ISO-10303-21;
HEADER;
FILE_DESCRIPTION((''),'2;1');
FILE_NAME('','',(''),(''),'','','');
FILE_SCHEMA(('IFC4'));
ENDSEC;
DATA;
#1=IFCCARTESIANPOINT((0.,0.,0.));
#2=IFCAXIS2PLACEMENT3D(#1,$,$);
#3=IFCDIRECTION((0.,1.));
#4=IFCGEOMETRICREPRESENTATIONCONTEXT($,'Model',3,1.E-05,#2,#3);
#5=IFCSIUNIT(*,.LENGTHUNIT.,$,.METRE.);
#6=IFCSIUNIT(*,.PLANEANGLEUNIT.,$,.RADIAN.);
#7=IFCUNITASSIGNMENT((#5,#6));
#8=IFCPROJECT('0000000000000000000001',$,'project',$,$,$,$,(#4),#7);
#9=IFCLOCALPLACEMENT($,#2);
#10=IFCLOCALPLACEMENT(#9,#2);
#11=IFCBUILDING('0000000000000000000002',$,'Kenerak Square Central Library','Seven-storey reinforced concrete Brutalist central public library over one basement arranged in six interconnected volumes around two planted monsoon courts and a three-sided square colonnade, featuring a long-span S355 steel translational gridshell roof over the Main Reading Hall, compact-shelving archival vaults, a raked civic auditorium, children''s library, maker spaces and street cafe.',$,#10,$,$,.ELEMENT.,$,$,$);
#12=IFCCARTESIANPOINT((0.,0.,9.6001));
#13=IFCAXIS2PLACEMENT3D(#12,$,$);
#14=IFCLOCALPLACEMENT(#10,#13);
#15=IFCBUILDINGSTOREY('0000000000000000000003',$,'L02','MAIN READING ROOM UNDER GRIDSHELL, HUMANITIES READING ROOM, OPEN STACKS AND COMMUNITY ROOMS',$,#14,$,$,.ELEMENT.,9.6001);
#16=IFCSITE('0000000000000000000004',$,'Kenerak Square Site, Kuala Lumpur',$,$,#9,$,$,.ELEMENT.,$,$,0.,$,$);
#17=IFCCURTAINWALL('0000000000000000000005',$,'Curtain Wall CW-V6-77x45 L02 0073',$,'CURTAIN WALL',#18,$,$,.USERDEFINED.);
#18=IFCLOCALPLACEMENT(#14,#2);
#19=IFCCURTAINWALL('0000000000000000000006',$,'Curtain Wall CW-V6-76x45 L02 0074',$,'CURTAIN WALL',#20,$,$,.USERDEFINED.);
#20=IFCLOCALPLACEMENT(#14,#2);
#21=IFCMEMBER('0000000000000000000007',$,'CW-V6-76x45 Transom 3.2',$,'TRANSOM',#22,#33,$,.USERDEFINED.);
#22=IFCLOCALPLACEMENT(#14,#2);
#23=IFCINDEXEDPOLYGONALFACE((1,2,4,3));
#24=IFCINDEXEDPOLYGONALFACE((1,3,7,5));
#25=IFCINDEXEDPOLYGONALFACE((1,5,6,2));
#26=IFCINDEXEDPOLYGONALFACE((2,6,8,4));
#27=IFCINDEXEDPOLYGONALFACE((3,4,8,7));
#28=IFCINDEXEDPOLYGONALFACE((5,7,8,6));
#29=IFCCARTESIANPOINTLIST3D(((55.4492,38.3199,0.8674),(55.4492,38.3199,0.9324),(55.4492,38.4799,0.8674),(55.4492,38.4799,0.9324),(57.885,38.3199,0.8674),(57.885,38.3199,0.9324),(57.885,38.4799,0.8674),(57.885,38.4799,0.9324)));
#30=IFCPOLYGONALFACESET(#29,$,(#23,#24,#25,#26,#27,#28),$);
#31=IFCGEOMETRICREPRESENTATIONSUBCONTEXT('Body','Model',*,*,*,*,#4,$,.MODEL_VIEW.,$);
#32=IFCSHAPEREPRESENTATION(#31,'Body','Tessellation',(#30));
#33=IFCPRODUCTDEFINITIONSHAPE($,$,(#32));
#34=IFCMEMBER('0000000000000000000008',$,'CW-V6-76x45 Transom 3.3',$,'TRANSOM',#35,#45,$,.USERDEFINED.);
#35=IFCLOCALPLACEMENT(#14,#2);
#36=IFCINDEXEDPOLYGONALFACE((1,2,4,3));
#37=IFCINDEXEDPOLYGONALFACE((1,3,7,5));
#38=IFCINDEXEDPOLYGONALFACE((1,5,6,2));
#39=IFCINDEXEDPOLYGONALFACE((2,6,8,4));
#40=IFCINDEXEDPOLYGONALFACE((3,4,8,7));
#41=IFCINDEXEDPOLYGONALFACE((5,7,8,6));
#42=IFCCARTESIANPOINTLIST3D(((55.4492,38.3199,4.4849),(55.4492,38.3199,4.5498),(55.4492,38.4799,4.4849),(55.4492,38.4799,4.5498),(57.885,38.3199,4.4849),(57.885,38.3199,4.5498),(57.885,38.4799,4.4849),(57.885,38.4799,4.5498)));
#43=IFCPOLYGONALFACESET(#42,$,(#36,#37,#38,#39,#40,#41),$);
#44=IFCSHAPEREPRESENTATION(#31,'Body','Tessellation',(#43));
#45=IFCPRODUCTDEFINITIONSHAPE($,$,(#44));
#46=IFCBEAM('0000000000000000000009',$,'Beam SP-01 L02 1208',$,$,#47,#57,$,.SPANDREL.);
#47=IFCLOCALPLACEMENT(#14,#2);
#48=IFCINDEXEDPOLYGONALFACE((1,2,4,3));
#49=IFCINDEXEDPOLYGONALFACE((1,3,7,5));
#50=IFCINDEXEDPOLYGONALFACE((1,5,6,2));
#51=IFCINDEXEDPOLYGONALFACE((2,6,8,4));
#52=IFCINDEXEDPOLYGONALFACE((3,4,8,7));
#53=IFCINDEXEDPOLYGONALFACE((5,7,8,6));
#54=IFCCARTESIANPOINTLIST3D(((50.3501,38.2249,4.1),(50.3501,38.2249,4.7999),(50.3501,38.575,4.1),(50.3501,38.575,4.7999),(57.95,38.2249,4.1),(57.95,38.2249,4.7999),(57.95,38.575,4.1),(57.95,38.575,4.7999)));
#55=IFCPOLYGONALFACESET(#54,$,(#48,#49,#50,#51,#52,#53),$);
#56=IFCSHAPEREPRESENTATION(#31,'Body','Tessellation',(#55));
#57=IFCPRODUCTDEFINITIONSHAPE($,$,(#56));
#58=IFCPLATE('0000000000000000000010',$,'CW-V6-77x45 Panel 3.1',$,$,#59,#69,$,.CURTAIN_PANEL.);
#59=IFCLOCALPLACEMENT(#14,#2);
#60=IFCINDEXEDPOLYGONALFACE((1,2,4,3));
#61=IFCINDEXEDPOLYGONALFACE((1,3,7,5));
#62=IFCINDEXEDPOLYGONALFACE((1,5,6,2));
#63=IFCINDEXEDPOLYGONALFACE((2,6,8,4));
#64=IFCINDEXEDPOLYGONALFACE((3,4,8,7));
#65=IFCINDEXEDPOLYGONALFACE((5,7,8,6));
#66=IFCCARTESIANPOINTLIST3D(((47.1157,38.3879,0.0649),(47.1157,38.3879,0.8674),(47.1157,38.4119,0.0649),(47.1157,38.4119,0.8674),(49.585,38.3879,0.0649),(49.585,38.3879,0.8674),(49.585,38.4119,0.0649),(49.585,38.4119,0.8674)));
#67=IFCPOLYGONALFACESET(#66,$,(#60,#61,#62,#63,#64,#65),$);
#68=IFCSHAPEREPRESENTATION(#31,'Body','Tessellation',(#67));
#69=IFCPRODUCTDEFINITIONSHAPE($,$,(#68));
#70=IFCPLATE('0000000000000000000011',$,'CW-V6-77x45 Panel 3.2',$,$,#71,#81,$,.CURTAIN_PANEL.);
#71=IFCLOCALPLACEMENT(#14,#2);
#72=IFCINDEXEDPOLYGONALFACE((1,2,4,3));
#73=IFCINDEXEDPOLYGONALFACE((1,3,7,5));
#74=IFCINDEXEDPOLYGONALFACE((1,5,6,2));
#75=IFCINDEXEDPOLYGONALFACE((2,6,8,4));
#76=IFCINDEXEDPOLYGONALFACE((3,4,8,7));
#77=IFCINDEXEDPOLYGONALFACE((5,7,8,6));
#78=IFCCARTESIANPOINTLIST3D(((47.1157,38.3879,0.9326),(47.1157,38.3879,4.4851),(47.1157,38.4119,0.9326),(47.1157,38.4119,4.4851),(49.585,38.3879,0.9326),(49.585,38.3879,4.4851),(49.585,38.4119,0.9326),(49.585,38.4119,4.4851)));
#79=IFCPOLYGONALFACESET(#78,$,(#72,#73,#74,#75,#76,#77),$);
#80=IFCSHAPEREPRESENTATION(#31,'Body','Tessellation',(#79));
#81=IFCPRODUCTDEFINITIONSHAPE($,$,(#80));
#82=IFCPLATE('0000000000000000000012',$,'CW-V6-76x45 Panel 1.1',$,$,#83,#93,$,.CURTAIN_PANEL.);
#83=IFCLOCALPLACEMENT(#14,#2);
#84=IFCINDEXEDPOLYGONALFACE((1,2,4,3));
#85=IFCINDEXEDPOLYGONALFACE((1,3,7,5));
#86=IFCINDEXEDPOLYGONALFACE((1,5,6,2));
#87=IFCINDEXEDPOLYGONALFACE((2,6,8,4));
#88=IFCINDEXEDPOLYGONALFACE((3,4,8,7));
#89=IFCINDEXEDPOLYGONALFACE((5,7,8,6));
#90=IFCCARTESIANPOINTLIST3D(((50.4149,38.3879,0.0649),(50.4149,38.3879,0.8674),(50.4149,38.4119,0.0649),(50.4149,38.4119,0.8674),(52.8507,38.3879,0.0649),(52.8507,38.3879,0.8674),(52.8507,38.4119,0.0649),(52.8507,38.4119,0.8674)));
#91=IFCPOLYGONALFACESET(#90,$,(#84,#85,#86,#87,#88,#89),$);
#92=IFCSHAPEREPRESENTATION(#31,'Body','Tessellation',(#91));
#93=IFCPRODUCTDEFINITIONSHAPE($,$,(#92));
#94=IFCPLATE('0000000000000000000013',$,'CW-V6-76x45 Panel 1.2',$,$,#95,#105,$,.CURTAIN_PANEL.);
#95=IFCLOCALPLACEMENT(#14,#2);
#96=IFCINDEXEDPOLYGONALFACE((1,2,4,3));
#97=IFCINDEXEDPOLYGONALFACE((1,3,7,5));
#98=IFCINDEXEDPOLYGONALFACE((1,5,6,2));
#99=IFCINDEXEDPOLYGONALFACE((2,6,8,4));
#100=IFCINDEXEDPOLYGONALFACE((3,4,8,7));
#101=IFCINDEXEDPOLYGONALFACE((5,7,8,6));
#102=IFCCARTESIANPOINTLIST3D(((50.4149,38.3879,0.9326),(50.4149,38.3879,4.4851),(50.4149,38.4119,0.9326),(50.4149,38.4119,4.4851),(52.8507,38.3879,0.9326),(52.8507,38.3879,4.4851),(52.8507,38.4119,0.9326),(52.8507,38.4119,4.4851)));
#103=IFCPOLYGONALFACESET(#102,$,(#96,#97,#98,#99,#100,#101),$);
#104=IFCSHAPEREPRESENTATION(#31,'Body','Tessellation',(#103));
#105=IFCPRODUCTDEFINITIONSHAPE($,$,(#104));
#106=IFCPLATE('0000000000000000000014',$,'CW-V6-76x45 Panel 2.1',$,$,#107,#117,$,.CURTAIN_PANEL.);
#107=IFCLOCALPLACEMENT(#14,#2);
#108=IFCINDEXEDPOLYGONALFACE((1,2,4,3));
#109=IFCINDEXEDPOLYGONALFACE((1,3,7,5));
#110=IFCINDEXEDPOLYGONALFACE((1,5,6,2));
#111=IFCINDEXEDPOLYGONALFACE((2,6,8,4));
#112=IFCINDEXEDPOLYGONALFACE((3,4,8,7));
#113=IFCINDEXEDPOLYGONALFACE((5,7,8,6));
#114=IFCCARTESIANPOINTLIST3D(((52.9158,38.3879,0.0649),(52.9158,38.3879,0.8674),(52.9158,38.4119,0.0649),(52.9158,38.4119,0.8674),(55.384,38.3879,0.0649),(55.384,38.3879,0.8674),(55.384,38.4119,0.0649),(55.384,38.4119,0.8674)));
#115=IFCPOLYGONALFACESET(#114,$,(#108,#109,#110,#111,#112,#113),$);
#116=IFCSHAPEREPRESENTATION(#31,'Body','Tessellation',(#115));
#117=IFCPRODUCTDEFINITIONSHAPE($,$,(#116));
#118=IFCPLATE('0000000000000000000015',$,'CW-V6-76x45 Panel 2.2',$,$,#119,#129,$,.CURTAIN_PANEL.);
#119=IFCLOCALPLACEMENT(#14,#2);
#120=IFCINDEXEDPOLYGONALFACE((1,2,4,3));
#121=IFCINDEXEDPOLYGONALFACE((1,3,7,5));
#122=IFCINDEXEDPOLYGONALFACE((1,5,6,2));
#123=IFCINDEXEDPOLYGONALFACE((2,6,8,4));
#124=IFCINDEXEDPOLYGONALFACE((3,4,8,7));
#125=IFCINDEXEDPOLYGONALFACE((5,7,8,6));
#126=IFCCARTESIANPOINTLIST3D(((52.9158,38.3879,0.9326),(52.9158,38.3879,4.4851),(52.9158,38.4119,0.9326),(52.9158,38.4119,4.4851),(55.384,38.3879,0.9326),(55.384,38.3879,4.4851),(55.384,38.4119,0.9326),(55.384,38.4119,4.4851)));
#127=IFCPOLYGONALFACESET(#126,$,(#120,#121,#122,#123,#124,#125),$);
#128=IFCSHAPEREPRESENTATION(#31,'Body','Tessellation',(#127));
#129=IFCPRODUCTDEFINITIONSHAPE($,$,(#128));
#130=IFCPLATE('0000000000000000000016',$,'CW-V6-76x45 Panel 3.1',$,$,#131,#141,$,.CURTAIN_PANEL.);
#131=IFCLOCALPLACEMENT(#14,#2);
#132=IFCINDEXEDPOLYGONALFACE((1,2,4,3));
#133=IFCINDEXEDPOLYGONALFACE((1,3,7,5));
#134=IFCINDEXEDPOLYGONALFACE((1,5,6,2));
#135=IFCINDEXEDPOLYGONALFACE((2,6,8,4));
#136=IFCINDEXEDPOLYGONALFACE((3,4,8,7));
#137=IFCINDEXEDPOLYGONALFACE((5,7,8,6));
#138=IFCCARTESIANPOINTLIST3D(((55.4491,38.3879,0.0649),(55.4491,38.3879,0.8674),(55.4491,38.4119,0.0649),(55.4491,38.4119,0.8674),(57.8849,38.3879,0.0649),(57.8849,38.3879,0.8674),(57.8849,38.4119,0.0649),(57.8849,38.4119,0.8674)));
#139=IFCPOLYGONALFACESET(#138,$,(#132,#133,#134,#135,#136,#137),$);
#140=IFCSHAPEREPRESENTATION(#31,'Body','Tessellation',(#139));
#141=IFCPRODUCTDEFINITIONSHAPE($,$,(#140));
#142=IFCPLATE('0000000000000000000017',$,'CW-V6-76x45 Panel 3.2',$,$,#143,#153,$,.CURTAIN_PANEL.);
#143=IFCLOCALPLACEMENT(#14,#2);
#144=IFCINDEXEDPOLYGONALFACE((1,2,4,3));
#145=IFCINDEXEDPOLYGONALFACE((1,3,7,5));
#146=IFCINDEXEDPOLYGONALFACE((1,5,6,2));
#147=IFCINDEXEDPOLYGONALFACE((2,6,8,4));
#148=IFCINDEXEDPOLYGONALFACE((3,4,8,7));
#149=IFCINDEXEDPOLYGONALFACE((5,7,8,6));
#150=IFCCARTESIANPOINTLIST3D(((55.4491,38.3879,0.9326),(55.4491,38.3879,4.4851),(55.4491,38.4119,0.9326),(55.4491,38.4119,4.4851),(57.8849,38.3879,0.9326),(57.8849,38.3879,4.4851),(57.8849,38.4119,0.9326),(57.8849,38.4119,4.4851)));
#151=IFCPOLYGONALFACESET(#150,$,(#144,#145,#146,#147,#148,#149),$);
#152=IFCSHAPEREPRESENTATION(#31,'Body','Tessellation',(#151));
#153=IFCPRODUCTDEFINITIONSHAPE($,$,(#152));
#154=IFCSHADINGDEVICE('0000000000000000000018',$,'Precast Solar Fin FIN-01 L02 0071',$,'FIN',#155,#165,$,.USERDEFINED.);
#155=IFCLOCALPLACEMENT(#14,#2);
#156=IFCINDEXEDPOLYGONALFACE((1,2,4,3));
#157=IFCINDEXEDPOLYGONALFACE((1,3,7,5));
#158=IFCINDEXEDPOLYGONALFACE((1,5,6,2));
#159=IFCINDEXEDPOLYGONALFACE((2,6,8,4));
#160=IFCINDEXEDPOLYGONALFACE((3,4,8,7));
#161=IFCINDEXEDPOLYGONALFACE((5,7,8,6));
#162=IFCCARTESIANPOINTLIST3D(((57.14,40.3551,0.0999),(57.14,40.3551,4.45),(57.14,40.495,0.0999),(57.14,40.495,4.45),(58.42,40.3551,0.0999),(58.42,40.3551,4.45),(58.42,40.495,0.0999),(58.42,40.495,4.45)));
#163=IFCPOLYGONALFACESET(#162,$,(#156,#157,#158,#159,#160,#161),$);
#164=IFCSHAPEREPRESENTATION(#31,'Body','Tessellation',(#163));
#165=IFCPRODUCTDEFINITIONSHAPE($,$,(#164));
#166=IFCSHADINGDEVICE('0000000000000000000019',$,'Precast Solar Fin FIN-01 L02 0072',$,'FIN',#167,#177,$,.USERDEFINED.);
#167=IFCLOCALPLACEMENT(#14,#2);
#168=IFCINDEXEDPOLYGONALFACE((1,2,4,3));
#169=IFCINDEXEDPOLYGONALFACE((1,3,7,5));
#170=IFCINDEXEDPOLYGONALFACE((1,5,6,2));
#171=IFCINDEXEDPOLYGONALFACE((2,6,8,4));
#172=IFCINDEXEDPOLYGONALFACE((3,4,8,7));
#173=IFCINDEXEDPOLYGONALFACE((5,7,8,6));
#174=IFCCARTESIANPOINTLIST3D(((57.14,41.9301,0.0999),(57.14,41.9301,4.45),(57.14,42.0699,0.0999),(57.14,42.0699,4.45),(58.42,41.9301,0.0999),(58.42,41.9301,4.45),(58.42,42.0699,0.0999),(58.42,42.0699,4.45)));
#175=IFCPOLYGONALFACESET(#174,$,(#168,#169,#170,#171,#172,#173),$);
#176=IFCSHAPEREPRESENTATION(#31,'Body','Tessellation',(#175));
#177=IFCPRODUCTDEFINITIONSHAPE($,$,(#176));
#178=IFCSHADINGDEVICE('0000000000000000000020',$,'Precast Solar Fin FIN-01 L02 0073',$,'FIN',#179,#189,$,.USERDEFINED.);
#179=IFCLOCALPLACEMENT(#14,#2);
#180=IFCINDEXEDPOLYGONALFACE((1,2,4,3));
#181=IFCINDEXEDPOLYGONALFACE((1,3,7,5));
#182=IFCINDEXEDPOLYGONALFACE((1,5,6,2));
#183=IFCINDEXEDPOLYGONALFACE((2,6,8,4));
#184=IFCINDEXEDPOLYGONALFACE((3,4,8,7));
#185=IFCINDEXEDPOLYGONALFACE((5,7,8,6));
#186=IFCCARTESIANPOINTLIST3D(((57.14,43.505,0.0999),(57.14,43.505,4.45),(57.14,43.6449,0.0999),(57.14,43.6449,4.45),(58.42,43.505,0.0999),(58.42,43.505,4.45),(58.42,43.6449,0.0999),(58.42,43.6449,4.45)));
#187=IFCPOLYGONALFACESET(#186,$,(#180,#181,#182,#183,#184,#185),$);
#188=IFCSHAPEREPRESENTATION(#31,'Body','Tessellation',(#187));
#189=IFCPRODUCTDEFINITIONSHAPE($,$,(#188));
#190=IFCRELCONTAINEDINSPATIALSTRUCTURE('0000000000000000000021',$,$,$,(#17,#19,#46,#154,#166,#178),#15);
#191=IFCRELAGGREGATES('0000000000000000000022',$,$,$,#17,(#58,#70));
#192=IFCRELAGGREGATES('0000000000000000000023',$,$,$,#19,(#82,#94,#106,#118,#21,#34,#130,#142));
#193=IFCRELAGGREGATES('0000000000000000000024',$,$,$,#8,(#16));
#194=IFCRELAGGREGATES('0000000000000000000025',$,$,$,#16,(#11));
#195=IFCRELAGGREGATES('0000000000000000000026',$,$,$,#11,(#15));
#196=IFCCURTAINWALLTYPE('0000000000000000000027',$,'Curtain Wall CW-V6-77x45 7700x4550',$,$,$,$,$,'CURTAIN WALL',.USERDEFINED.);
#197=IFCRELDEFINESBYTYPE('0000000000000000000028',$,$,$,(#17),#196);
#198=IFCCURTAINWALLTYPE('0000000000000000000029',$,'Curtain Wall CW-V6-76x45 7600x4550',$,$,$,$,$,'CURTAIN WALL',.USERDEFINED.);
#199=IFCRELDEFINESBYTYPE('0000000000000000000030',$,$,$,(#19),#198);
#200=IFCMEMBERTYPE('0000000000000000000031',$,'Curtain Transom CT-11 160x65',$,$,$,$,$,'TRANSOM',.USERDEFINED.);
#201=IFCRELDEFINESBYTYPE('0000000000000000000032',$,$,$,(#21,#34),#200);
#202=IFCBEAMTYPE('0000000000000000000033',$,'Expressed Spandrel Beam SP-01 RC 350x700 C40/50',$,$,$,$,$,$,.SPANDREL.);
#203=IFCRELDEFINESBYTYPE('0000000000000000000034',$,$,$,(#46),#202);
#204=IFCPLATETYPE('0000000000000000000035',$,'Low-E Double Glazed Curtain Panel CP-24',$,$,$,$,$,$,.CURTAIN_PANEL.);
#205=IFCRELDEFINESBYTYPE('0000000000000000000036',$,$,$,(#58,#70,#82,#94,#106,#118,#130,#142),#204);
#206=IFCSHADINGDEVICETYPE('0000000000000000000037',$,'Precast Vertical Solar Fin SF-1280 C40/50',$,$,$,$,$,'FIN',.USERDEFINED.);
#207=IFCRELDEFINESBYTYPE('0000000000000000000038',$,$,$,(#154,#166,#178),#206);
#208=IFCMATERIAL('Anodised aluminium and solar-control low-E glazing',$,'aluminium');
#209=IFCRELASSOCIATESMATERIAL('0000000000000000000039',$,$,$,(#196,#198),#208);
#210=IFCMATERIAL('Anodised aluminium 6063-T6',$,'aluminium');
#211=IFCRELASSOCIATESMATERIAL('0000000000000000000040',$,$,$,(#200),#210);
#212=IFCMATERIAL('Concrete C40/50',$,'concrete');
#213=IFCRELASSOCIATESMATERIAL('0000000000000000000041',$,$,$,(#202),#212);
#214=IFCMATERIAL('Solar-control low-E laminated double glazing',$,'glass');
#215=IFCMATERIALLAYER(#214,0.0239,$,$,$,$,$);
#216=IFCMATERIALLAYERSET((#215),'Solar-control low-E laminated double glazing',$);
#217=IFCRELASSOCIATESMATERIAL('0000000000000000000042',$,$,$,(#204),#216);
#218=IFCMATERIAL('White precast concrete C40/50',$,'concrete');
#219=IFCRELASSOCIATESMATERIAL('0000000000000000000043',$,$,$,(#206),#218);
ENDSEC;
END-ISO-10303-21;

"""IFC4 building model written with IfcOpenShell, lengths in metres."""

from ifc_helpers import new_model, si_unit, direction, frame, origin, origin_2d, place, context, subcontext, project, spatial, rectangle, extrude, material, layer, layer_set, material_profile, profile_set, type_object, element, aggregate, save


model = new_model("IFC4")

# Units and contexts
model_context = context("Model", 3, precision=1e-05, world=origin(), true_north=direction((0.0, 1.0)))
body_context = subcontext(model_context, "Body", "Model", "MODEL_VIEW")
ifc_project = project(units=[si_unit("LENGTHUNIT", "METRE"), si_unit("PLANEANGLEUNIT", "RADIAN")], contexts=[model_context])

# Site, building, storey
site_placement = place(None, origin())
site = spatial("IfcSite", under=ifc_project, at=site_placement, Name="Kenerak Square Site, Kuala Lumpur", CompositionType="ELEMENT", RefElevation=0.0)
building_placement = place(site_placement, origin())
building = spatial("IfcBuilding", under=site, at=building_placement, Name="Kenerak Square Central Library", Description="Seven-storey reinforced concrete Brutalist central public library over one basement arranged in six interconnected volumes around two planted monsoon courts and a three-sided square colonnade, featuring a long-span S355 steel translational gridshell roof over the Main Reading Hall, compact-shelving archival vaults, a raked civic auditorium, children's library, maker spaces and street cafe.", CompositionType="ELEMENT")
storey_placement = place(building_placement, frame((0.0, 0.0, 9.6001)))
storey = spatial("IfcBuildingStorey", under=building, at=storey_placement, Name="L02", Description="MAIN READING ROOM UNDER GRIDSHELL, HUMANITIES READING ROOM, OPEN STACKS AND COMMUNITY ROOMS", CompositionType="ELEMENT", Elevation=9.6001)

# Shared definitions
ifc_material_1 = material(Name="Concrete C40/50", Category="concrete")

# Curtain wall
ifc_material_2 = material(Name="Anodised aluminium and solar-control low-E glazing", Category="aluminium")
curtain_wall_type_1 = type_object("IfcCurtainWallType", Name="Curtain Wall CW-V6-77x45 7700x4550", ElementType="CURTAIN WALL", PredefinedType="USERDEFINED", material=ifc_material_2)
curtain_wall_1_placement = place(storey_placement, origin())
curtain_wall_1 = element("IfcCurtainWall", 1, at=curtain_wall_1_placement, inside=storey, type_object=curtain_wall_type_1, Name="Curtain Wall CW-V6-77x45 L02 0073", ObjectType="CURTAIN WALL", PredefinedType="USERDEFINED")
ifc_material_3 = material(Name="Anodised aluminium 6063-T6", Category="aluminium")

# Curtain wall
curtain_wall_type_2 = type_object("IfcCurtainWallType", Name="Curtain Wall CW-V6-76x45 7600x4550", ElementType="CURTAIN WALL", PredefinedType="USERDEFINED", material=ifc_material_2)
curtain_wall_2_placement = place(storey_placement, origin())
curtain_wall_2 = element("IfcCurtainWall", 2, at=curtain_wall_2_placement, inside=storey, type_object=curtain_wall_type_2, Name="Curtain Wall CW-V6-76x45 L02 0074", ObjectType="CURTAIN WALL", PredefinedType="USERDEFINED")

# Members
ifc_material_profile_1 = material_profile(ifc_material_3, rectangle(XDim=0.1599, YDim=0.0649, at=origin_2d()), Name="AL TRANSOM 160x65")
ifc_profile_set_1 = profile_set([ifc_material_profile_1], Name="Anodised aluminium 6063-T6")
member_type_1 = type_object("IfcMemberType", Name="Curtain Transom CT-11 160x65", ElementType="TRANSOM", PredefinedType="USERDEFINED", material=ifc_profile_set_1)
member_1_placement = place(storey_placement, frame((55.4492, 38.3999, 0.8999), z_axis=(1.0, 0.0, 0.0), x_axis=(0.0, 1.0, 0.0)))
member_1 = element("IfcMember", 3, at=member_1_placement, type_object=member_type_1, Name="CW-V6-76x45 Transom 3.2", ObjectType="TRANSOM", PredefinedType="USERDEFINED", context=body_context, shape_type="SweptSolid", body=[
    extrude(rectangle(XDim=0.1599, YDim=0.0649, at=origin_2d()), origin(), (0.0, 0.0, 1.0), 2.4358),
])
member_2_placement = place(storey_placement, frame((55.4492, 38.3999, 4.5173), z_axis=(1.0, 0.0, 0.0), x_axis=(0.0, 1.0, 0.0)))
member_2 = element("IfcMember", 4, at=member_2_placement, type_object=member_type_1, Name="CW-V6-76x45 Transom 3.3", ObjectType="TRANSOM", PredefinedType="USERDEFINED", context=body_context, shape_type="SweptSolid", body=[
    extrude(rectangle(XDim=0.1599, YDim=0.0649, at=origin_2d()), origin(), (0.0, 0.0, 1.0), 2.4358),
])

# Beam
ifc_material_profile_2 = material_profile(ifc_material_1, rectangle(XDim=0.3501, YDim=0.7, at=origin_2d()), Name="RC 350x700")
ifc_profile_set_2 = profile_set([ifc_material_profile_2], Name="Concrete C40/50")
beam_type = type_object("IfcBeamType", Name="Expressed Spandrel Beam SP-01 RC 350x700 C40/50", PredefinedType="SPANDREL", material=ifc_profile_set_2)
beam_placement = place(storey_placement, frame((50.3501, 38.3999, 4.45), z_axis=(1.0, 0.0, 0.0), x_axis=(0.0, 1.0, 0.0)))
element("IfcBeam", 5, at=beam_placement, inside=storey, type_object=beam_type, Name="Beam SP-01 L02 1208", PredefinedType="SPANDREL", context=body_context, shape_type="SweptSolid", body=[
    extrude(rectangle(XDim=0.3501, YDim=0.7, at=origin_2d()), origin(), (0.0, 0.0, 1.0), 7.5999),
])

# Plates
ifc_material_4 = material(Name="Solar-control low-E laminated double glazing", Category="glass")
ifc_layer = layer(ifc_material_4, 0.0239)
ifc_layer_set = layer_set([ifc_layer], Name="Solar-control low-E laminated double glazing")
plate_type = type_object("IfcPlateType", Name="Low-E Double Glazed Curtain Panel CP-24", PredefinedType="CURTAIN_PANEL", material=ifc_layer_set)
plate_1_placement = place(storey_placement, frame((48.3503, 38.3999, 0.0649), z_axis=(0.0, 0.0, 1.0), x_axis=(1.0, 0.0, 0.0)))
plate_1 = element("IfcPlate", 6, at=plate_1_placement, type_object=plate_type, Name="CW-V6-77x45 Panel 3.1", PredefinedType="CURTAIN_PANEL", context=body_context, shape_type="SweptSolid", body=[
    extrude(rectangle(XDim=2.4692, YDim=0.0239, at=origin_2d()), origin(), (0.0, 0.0, 1.0), 0.8025),
])
plate_2_placement = place(storey_placement, frame((48.3503, 38.3999, 0.9326), z_axis=(0.0, 0.0, 1.0), x_axis=(1.0, 0.0, 0.0)))
plate_2 = element("IfcPlate", 7, at=plate_2_placement, type_object=plate_type, Name="CW-V6-77x45 Panel 3.2", PredefinedType="CURTAIN_PANEL", context=body_context, shape_type="SweptSolid", body=[
    extrude(rectangle(XDim=2.4692, YDim=0.0239, at=origin_2d()), origin(), (0.0, 0.0, 1.0), 3.5525),
])
aggregate(curtain_wall_1, [plate_1, plate_2])
plate_3_placement = place(storey_placement, frame((51.6328, 38.3999, 0.0649), z_axis=(0.0, 0.0, 1.0), x_axis=(1.0, 0.0, 0.0)))
plate_3 = element("IfcPlate", 8, at=plate_3_placement, type_object=plate_type, Name="CW-V6-76x45 Panel 1.1", PredefinedType="CURTAIN_PANEL", context=body_context, shape_type="SweptSolid", body=[
    extrude(rectangle(XDim=2.4358, YDim=0.0239, at=origin_2d()), origin(), (0.0, 0.0, 1.0), 0.8025),
])
plate_4_placement = place(storey_placement, frame((51.6328, 38.3999, 0.9326), z_axis=(0.0, 0.0, 1.0), x_axis=(1.0, 0.0, 0.0)))
plate_4 = element("IfcPlate", 9, at=plate_4_placement, type_object=plate_type, Name="CW-V6-76x45 Panel 1.2", PredefinedType="CURTAIN_PANEL", context=body_context, shape_type="SweptSolid", body=[
    extrude(rectangle(XDim=2.4358, YDim=0.0239, at=origin_2d()), origin(), (0.0, 0.0, 1.0), 3.5525),
])
plate_5_placement = place(storey_placement, frame((54.1499, 38.3999, 0.0649), z_axis=(0.0, 0.0, 1.0), x_axis=(1.0, 0.0, 0.0)))
plate_5 = element("IfcPlate", 10, at=plate_5_placement, type_object=plate_type, Name="CW-V6-76x45 Panel 2.1", PredefinedType="CURTAIN_PANEL", context=body_context, shape_type="SweptSolid", body=[
    extrude(rectangle(XDim=2.4683, YDim=0.0239, at=origin_2d()), origin(), (0.0, 0.0, 1.0), 0.8025),
])
plate_6_placement = place(storey_placement, frame((54.1499, 38.3999, 0.9326), z_axis=(0.0, 0.0, 1.0), x_axis=(1.0, 0.0, 0.0)))
plate_6 = element("IfcPlate", 11, at=plate_6_placement, type_object=plate_type, Name="CW-V6-76x45 Panel 2.2", PredefinedType="CURTAIN_PANEL", context=body_context, shape_type="SweptSolid", body=[
    extrude(rectangle(XDim=2.4683, YDim=0.0239, at=origin_2d()), origin(), (0.0, 0.0, 1.0), 3.5525),
])
plate_7_placement = place(storey_placement, frame((56.667, 38.3999, 0.0649), z_axis=(0.0, 0.0, 1.0), x_axis=(1.0, 0.0, 0.0)))
plate_7 = element("IfcPlate", 12, at=plate_7_placement, type_object=plate_type, Name="CW-V6-76x45 Panel 3.1", PredefinedType="CURTAIN_PANEL", context=body_context, shape_type="SweptSolid", body=[
    extrude(rectangle(XDim=2.4358, YDim=0.0239, at=origin_2d()), origin(), (0.0, 0.0, 1.0), 0.8025),
])
plate_8_placement = place(storey_placement, frame((56.667, 38.3999, 0.9326), z_axis=(0.0, 0.0, 1.0), x_axis=(1.0, 0.0, 0.0)))
plate_8 = element("IfcPlate", 13, at=plate_8_placement, type_object=plate_type, Name="CW-V6-76x45 Panel 3.2", PredefinedType="CURTAIN_PANEL", context=body_context, shape_type="SweptSolid", body=[
    extrude(rectangle(XDim=2.4358, YDim=0.0239, at=origin_2d()), origin(), (0.0, 0.0, 1.0), 3.5525),
])
aggregate(curtain_wall_2, [plate_3, plate_4, plate_5, plate_6, member_1, member_2, plate_7, plate_8])

# Shading devices
ifc_material_5 = material(Name="White precast concrete C40/50", Category="concrete")
shading_device_type = type_object("IfcShadingDeviceType", Name="Precast Vertical Solar Fin SF-1280 C40/50", ElementType="FIN", PredefinedType="USERDEFINED", material=ifc_material_5)
for number, where, z_axis, x_axis, name in (
    (14, (57.78, 40.425, 0.0999), (0.0, 0.0, 1.0), (0.0, 1.0, 0.0), "Precast Solar Fin FIN-01 L02 0071"),
    (15, (57.78, 42.0, 0.0999), (0.0, 0.0, 1.0), (0.0, 1.0, 0.0), "Precast Solar Fin FIN-01 L02 0072"),
    (16, (57.78, 43.575, 0.0999), (0.0, 0.0, 1.0), (0.0, 1.0, 0.0), "Precast Solar Fin FIN-01 L02 0073"),
):
    element("IfcShadingDevice", number, at=place(storey_placement, frame(where, z_axis=z_axis, x_axis=x_axis)), inside=storey, type_object=shading_device_type, Name=name, ObjectType="FIN", PredefinedType="USERDEFINED", context=body_context, shape_type="SweptSolid", body=[
        extrude(rectangle(XDim=0.1399, YDim=1.28, at=origin_2d()), origin(), (0.0, 0.0, 1.0), 4.3501),
    ])

save(model, "model.ifc")
